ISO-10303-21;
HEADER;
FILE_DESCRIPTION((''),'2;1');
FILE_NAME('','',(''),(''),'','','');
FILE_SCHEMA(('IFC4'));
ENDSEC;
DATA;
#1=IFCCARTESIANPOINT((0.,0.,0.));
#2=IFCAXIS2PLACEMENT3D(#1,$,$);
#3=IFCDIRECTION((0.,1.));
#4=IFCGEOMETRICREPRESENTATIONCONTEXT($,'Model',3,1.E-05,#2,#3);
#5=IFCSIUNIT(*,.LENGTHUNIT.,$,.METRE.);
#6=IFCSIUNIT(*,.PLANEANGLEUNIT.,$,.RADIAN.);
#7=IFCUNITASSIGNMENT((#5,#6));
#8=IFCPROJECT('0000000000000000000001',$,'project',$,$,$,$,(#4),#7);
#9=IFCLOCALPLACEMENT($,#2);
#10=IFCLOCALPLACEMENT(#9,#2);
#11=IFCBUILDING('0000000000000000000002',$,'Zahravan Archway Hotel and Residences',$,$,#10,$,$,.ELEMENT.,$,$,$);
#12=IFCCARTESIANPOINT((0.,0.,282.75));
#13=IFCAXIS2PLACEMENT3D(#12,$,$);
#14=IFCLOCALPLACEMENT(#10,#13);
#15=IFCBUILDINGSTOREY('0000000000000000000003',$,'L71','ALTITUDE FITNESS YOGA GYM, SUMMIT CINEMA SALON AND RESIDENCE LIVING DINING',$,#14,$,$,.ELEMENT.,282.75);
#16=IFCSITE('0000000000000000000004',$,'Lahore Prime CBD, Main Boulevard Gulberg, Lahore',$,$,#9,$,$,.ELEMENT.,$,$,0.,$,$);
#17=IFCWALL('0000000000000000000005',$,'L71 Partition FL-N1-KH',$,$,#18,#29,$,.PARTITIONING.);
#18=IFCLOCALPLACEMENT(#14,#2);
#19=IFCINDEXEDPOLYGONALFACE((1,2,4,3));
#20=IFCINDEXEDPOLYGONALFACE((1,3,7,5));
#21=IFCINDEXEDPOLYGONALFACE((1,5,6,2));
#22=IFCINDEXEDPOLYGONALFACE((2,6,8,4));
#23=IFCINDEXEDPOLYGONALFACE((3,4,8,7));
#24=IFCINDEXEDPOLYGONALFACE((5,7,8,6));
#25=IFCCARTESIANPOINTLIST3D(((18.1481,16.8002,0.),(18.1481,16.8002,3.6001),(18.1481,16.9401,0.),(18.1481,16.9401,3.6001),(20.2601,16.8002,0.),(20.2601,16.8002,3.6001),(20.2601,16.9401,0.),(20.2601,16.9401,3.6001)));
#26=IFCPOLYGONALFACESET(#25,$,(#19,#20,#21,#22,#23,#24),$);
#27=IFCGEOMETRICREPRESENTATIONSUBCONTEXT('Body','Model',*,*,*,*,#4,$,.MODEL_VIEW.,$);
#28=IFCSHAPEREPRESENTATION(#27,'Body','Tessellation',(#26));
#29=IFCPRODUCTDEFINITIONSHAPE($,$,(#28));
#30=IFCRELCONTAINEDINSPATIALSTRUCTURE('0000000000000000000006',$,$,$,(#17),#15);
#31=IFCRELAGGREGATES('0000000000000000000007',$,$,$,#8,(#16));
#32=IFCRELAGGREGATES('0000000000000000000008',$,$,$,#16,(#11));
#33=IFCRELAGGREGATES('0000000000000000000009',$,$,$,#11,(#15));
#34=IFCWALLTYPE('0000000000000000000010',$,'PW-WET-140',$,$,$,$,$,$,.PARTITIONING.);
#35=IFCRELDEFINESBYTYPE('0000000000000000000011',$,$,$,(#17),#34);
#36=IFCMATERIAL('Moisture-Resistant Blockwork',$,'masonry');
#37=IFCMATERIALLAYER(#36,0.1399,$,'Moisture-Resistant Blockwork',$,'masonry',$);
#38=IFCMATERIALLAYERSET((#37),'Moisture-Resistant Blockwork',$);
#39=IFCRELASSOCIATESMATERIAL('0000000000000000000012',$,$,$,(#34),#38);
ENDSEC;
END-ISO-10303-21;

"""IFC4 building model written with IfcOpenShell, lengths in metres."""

from ifc_helpers import new_model, si_unit, direction, frame, frame_2d, origin, place, context, subcontext, project, spatial, rectangle, extrude, material, layer, layer_set, type_object, element, save


model = new_model("IFC4")

# Units and contexts
model_context = context("Model", 3, precision=1e-05, world=origin(), true_north=direction((0.0, 1.0)))
body_context = subcontext(model_context, "Body", "Model", "MODEL_VIEW")
ifc_project = project(units=[si_unit("LENGTHUNIT", "METRE"), si_unit("PLANEANGLEUNIT", "RADIAN")], contexts=[model_context])

# Site, building, storey
site_placement = place(None, origin())
site = spatial("IfcSite", under=ifc_project, at=site_placement, Name="Lahore Prime CBD, Main Boulevard Gulberg, Lahore", CompositionType="ELEMENT", RefElevation=0.0)
building_placement = place(site_placement, origin())
building = spatial("IfcBuilding", under=site, at=building_placement, Name="Zahravan Archway Hotel and Residences", CompositionType="ELEMENT")
storey_placement = place(building_placement, frame((0.0, 0.0, 282.75)))
storey = spatial("IfcBuildingStorey", under=building, at=storey_placement, Name="L71", Description="ALTITUDE FITNESS YOGA GYM, SUMMIT CINEMA SALON AND RESIDENCE LIVING DINING", CompositionType="ELEMENT", Elevation=282.75)

# Wall
ifc_material_1 = material(Name="Moisture-Resistant Blockwork", Category="masonry")
ifc_layer_1 = layer(ifc_material_1, 0.1399, Name="Moisture-Resistant Blockwork", Category="masonry")
ifc_layer_set_1 = layer_set([ifc_layer_1], Name="Moisture-Resistant Blockwork")
wall_type_1 = type_object("IfcWallType", Name="PW-WET-140", PredefinedType="PARTITIONING", material=ifc_layer_set_1)
wall_1_placement = place(storey_placement, frame((18.1479, 16.8701, 0.0), z_axis=(0.0, 0.0, 1.0), x_axis=(1.0, 0.0, 0.0)))
element("IfcWall", 1, at=wall_1_placement, inside=storey, type_object=wall_type_1, Name="L71 Partition FL-N1-KH", PredefinedType="PARTITIONING", context=body_context, shape_type="SweptSolid", body=[
    extrude(rectangle(XDim=2.1121, YDim=0.1399, at=frame_2d((1.0562, 0.0))), origin(), (0.0, 0.0, 1.0), 3.6001),
])

save(model, "model.ifc")
